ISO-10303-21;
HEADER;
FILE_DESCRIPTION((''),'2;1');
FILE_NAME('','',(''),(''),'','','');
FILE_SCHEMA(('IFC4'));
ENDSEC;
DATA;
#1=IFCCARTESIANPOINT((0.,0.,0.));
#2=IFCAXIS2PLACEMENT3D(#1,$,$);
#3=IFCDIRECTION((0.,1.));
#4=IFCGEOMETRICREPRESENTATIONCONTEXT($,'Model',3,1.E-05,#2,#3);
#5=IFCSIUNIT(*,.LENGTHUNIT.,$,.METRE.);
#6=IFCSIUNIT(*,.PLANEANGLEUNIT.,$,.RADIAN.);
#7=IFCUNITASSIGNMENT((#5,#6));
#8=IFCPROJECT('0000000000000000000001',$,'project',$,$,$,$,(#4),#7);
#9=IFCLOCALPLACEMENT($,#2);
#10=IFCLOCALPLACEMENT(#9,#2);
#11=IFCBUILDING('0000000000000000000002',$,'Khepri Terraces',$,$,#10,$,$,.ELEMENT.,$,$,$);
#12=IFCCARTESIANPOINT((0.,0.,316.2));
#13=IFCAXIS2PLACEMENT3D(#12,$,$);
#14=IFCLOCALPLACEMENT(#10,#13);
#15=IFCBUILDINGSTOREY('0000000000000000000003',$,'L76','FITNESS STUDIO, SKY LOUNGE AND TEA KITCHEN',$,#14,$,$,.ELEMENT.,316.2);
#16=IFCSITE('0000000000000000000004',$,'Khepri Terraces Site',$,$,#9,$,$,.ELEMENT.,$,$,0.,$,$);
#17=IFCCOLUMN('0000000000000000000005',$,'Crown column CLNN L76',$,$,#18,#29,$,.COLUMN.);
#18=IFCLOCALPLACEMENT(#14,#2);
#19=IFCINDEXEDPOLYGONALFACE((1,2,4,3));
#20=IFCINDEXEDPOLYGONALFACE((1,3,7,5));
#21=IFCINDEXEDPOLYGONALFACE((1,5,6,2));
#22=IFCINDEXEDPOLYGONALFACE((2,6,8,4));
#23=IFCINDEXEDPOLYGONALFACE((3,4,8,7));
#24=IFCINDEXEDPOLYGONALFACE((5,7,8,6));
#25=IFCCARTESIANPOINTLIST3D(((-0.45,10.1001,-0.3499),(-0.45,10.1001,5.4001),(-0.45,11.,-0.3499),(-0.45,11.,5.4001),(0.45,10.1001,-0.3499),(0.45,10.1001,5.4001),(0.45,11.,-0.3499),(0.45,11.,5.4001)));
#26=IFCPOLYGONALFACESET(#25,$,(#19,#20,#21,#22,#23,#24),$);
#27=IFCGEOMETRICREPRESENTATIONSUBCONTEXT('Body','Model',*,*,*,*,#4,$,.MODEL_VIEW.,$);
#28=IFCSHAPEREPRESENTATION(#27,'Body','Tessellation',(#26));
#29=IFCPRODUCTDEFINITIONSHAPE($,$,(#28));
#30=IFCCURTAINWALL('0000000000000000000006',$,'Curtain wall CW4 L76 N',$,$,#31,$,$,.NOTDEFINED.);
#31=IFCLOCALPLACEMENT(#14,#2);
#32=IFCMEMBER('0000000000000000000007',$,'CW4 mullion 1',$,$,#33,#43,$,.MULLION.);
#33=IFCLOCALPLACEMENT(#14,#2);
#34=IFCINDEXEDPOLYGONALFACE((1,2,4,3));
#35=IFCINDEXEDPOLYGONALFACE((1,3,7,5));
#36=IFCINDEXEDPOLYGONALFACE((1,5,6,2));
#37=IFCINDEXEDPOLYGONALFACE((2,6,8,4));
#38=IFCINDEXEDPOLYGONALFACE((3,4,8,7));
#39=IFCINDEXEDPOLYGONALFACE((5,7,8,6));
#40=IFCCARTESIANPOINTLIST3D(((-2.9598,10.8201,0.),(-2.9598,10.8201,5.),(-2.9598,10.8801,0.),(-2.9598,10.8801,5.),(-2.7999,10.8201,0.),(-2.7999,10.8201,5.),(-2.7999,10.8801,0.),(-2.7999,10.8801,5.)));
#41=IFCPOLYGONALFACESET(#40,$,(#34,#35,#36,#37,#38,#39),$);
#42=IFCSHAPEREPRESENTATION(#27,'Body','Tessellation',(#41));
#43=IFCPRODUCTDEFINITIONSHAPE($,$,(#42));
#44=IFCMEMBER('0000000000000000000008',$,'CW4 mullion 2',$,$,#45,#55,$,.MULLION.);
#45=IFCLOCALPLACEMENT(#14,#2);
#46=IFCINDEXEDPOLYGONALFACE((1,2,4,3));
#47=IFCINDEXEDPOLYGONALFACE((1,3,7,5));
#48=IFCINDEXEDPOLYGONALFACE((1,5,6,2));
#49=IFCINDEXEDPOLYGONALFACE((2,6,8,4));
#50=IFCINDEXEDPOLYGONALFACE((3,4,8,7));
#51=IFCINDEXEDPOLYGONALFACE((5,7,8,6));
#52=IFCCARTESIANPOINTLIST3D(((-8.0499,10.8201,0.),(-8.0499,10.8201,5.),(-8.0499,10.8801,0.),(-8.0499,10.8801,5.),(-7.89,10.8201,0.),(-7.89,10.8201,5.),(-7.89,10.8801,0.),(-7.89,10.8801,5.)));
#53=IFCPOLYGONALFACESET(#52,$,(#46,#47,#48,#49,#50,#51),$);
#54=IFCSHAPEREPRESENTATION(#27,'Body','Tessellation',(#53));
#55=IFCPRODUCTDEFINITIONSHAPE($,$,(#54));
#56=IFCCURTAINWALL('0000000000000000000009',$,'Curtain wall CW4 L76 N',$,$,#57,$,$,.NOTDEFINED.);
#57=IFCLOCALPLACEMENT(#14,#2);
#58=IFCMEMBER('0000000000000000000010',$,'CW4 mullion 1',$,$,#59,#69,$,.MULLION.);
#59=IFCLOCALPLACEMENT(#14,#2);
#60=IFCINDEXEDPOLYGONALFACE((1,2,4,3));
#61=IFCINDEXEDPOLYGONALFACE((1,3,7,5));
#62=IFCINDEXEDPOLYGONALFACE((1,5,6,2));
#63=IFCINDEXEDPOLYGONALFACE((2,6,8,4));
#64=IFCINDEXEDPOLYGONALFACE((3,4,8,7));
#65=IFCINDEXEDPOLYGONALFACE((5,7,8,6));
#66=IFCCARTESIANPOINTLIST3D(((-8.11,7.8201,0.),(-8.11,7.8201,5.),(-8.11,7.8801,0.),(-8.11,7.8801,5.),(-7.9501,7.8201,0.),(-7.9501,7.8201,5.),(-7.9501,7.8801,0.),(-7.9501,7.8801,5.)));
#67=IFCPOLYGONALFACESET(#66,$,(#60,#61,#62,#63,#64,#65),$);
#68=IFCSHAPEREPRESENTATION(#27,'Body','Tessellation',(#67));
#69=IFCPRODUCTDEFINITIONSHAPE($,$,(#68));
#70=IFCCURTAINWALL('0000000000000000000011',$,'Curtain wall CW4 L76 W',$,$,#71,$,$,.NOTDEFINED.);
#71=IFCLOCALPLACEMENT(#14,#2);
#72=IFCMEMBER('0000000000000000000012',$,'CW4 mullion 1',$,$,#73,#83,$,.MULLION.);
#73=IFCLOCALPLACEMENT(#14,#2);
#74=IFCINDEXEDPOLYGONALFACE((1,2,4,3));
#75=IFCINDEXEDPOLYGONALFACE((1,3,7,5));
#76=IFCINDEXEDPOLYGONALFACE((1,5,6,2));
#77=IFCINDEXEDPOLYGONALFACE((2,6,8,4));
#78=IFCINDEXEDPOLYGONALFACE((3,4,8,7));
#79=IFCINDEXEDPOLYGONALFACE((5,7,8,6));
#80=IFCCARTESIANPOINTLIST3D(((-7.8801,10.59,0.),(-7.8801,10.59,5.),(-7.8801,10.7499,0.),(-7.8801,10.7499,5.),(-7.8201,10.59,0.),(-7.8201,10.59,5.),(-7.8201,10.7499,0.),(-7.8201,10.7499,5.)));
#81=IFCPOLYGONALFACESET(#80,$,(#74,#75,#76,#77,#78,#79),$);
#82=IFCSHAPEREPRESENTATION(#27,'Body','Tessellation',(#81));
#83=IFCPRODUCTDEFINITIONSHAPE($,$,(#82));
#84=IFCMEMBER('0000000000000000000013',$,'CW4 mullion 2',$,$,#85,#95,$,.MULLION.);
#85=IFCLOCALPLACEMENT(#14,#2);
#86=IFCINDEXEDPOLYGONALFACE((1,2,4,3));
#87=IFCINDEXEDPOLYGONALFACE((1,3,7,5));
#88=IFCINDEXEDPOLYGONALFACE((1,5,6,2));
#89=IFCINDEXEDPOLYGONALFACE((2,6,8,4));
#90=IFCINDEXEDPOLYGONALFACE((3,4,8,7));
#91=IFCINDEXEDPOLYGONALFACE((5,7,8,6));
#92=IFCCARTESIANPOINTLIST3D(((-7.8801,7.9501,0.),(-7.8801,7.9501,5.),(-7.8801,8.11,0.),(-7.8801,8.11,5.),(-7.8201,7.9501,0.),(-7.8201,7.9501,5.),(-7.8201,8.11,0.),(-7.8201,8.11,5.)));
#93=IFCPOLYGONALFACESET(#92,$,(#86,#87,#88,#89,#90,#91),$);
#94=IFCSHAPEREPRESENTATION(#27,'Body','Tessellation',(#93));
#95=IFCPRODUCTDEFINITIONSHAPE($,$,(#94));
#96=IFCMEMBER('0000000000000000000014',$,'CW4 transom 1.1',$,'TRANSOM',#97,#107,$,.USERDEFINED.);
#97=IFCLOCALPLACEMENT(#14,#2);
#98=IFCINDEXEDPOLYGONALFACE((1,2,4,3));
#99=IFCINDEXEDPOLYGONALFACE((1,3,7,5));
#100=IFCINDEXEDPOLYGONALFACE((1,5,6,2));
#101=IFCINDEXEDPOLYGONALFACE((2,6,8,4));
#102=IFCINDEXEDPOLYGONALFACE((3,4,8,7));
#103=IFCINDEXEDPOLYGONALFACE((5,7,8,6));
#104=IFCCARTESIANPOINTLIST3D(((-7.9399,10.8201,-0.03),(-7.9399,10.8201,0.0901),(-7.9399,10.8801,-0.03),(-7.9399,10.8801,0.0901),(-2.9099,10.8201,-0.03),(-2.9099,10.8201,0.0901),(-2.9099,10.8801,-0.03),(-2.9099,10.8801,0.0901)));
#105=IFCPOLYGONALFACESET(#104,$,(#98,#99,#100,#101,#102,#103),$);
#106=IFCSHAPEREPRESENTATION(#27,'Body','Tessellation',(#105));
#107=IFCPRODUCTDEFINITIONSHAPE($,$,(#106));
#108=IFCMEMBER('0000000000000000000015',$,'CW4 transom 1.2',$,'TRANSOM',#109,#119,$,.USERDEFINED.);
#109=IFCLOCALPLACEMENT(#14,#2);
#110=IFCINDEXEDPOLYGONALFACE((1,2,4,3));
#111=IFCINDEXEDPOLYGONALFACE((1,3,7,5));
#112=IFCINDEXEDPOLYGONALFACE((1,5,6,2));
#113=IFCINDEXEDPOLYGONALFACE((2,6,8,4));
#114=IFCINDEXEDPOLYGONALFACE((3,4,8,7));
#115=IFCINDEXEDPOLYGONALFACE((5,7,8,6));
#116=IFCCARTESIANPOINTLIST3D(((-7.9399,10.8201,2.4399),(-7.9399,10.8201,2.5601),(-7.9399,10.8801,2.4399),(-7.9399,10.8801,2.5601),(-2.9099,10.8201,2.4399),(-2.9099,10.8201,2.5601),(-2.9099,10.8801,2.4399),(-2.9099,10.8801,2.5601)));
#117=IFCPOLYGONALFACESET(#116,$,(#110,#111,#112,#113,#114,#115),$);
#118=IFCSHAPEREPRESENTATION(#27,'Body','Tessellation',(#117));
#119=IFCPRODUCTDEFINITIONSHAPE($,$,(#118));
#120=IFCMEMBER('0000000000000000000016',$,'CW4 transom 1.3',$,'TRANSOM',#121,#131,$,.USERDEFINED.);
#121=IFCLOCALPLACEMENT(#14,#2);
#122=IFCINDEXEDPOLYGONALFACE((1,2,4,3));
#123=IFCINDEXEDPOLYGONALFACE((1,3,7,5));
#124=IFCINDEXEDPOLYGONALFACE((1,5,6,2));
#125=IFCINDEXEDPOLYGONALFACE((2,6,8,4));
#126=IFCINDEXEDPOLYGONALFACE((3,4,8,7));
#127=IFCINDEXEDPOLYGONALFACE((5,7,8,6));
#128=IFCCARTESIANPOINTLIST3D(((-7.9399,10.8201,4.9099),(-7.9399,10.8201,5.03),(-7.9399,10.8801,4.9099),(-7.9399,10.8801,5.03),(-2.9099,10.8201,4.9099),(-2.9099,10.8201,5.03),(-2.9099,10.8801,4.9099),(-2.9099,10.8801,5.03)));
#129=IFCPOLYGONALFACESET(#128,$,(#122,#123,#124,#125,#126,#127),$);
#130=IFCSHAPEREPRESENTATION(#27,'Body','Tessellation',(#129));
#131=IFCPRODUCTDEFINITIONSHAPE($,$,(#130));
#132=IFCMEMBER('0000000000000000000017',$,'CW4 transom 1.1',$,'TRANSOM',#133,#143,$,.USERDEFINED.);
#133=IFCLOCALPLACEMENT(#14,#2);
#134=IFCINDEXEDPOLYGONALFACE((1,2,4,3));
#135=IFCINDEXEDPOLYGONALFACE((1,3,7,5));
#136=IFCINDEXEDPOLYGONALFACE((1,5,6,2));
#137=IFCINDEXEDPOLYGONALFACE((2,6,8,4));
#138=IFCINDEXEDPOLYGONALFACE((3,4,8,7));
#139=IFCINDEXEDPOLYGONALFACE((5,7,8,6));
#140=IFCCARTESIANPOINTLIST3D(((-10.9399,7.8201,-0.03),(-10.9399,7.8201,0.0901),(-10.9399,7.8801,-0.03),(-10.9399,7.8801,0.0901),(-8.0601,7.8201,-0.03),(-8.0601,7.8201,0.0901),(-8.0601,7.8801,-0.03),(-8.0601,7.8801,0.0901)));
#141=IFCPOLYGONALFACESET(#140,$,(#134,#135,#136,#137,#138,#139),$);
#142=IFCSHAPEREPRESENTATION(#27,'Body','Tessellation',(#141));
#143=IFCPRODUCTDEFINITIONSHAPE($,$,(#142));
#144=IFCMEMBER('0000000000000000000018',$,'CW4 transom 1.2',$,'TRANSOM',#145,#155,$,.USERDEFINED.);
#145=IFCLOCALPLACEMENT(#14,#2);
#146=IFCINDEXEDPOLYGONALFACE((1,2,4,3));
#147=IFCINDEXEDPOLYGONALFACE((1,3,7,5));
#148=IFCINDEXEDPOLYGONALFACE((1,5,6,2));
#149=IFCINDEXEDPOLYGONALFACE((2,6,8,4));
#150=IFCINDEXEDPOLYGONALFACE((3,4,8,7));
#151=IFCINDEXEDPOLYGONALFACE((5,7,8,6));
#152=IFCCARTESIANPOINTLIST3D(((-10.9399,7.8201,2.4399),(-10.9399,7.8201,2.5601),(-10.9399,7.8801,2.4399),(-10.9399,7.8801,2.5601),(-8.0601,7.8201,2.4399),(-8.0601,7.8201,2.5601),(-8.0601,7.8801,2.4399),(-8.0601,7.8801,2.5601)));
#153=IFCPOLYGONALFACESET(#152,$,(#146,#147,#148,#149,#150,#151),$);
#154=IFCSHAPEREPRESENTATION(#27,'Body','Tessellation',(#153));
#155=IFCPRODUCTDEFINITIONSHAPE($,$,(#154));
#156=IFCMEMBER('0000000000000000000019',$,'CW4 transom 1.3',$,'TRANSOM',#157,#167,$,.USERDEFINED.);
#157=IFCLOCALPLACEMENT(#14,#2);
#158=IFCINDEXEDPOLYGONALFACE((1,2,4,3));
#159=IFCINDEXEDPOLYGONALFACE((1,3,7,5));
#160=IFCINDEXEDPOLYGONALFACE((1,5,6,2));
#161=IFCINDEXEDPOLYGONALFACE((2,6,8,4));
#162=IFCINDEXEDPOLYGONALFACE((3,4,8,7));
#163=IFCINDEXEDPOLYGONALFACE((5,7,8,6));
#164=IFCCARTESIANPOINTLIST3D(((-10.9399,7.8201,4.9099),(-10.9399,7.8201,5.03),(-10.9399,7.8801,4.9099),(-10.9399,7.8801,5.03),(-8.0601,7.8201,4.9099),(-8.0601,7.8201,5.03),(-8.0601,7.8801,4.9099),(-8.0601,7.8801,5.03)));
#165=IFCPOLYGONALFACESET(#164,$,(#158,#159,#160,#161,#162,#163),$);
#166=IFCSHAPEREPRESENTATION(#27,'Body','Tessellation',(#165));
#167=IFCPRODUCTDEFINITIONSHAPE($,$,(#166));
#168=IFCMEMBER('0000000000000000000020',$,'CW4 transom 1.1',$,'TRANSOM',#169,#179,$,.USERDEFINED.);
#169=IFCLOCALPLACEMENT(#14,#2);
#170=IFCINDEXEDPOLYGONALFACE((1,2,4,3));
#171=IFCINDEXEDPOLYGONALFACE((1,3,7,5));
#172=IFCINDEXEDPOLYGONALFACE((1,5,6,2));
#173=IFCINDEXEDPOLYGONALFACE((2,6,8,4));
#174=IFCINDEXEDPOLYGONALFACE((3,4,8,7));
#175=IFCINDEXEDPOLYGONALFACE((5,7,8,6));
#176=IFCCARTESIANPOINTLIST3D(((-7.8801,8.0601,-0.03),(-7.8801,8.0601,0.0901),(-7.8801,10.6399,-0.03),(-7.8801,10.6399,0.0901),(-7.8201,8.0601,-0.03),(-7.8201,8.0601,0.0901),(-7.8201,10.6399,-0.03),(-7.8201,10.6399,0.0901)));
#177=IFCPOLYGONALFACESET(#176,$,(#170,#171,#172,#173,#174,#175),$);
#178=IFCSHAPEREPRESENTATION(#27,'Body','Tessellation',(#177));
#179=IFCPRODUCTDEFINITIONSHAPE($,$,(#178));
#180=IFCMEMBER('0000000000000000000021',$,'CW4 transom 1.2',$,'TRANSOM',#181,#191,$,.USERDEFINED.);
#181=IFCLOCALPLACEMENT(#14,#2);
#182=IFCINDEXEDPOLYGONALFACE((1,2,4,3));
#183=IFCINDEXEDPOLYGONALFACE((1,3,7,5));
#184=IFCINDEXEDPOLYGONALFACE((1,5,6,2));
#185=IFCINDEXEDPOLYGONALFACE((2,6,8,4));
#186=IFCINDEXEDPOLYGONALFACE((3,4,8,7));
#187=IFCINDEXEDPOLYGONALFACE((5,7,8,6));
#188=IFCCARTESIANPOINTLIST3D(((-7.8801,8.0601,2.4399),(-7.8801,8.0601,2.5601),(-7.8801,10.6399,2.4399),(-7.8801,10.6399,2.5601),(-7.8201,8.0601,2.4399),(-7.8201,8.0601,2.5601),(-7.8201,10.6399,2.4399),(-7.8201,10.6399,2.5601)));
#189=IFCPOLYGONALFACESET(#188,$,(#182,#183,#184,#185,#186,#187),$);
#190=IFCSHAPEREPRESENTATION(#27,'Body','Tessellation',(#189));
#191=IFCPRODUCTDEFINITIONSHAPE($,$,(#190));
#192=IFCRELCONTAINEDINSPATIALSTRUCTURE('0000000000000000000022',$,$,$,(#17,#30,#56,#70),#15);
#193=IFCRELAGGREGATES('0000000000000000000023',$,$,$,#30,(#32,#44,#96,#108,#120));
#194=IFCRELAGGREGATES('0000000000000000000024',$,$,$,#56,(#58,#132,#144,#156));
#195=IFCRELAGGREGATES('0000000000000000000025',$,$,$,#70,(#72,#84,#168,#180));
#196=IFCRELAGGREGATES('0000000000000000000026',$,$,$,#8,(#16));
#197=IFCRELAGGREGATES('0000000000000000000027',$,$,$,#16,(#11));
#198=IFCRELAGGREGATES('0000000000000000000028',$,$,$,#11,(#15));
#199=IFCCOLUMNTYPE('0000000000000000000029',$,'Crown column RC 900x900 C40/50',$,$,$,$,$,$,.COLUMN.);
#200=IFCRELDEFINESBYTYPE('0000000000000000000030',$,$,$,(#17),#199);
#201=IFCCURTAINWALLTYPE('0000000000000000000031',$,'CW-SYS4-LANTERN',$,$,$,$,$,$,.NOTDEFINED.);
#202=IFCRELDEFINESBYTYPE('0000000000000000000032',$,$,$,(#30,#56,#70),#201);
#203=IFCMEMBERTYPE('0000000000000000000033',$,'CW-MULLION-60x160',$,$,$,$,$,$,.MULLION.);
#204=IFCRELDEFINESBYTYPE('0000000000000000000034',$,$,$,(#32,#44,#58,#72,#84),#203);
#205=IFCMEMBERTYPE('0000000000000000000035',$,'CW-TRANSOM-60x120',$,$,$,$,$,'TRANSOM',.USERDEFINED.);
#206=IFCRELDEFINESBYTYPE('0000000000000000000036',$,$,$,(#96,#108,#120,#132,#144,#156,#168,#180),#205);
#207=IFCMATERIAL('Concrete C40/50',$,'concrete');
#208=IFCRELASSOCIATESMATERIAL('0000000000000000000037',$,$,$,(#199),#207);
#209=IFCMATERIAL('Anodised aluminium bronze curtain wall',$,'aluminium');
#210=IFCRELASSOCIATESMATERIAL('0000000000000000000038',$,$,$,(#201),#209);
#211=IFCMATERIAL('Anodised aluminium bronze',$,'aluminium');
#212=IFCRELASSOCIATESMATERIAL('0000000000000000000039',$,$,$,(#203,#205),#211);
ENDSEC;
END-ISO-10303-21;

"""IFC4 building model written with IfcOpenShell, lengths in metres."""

from ifc_helpers import new_model, si_unit, direction, frame, origin, origin_2d, place, context, subcontext, project, spatial, rectangle, extrude, material, material_profile, profile_set, type_object, element, aggregate, save


model = new_model("IFC4")

# Units and contexts
model_context = context("Model", 3, precision=1e-05, world=origin(), true_north=direction((0.0, 1.0)))
body_context = subcontext(model_context, "Body", "Model", "MODEL_VIEW")
ifc_project = project(units=[si_unit("LENGTHUNIT", "METRE"), si_unit("PLANEANGLEUNIT", "RADIAN")], contexts=[model_context])

# Site, building, storey
site_placement = place(None, origin())
site = spatial("IfcSite", under=ifc_project, at=site_placement, Name="Khepri Terraces Site", CompositionType="ELEMENT", RefElevation=0.0)
building_placement = place(site_placement, origin())
building = spatial("IfcBuilding", under=site, at=building_placement, Name="Khepri Terraces", CompositionType="ELEMENT")
storey_placement = place(building_placement, frame((0.0, 0.0, 316.2)))
storey = spatial("IfcBuildingStorey", under=building, at=storey_placement, Name="L76", Description="FITNESS STUDIO, SKY LOUNGE AND TEA KITCHEN", CompositionType="ELEMENT", Elevation=316.2)

# Column
ifc_material_1 = material(Name="Concrete C40/50", Category="concrete")
ifc_material_profile_1 = material_profile(ifc_material_1, rectangle(XDim=0.8999, YDim=0.8999, at=origin_2d()), Name="Concrete C40/50", Category="concrete")
ifc_profile_set_1 = profile_set([ifc_material_profile_1], Name="Concrete C40/50")
column_type = type_object("IfcColumnType", Name="Crown column RC 900x900 C40/50", PredefinedType="COLUMN", material=ifc_profile_set_1)
column_placement = place(storey_placement, frame((0.0, 10.55, -0.3499), z_axis=(0.0, 0.0, 1.0), x_axis=(1.0, 0.0, 0.0)))
element("IfcColumn", 1, at=column_placement, inside=storey, type_object=column_type, Name="Crown column CLNN L76", PredefinedType="COLUMN", context=body_context, shape_type="SweptSolid", body=[
    extrude(rectangle(XDim=0.8999, YDim=0.8999, at=origin_2d()), origin(), (0.0, 0.0, 1.0), 5.75),
])

# Curtain wall, members
ifc_material_2 = material(Name="Anodised aluminium bronze curtain wall", Category="aluminium")
curtain_wall_type = type_object("IfcCurtainWallType", Name="CW-SYS4-LANTERN", PredefinedType="NOTDEFINED", material=ifc_material_2)
curtain_wall_1_placement = place(storey_placement, origin())
curtain_wall_1 = element("IfcCurtainWall", 2, at=curtain_wall_1_placement, inside=storey, type_object=curtain_wall_type, Name="Curtain wall CW4 L76 N", PredefinedType="NOTDEFINED")
ifc_material_3 = material(Name="Anodised aluminium bronze", Category="aluminium")
ifc_material_profile_2 = material_profile(ifc_material_3, rectangle(XDim=0.0601, YDim=0.1599, at=origin_2d()), Name="Anodised aluminium bronze", Category="aluminium")
ifc_profile_set_2 = profile_set([ifc_material_profile_2], Name="Anodised aluminium bronze")
member_type_1 = type_object("IfcMemberType", Name="CW-MULLION-60x160", PredefinedType="MULLION", material=ifc_profile_set_2)
member_1_placement = place(storey_placement, frame((-2.8799, 10.8501, 0.0), z_axis=(0.0, 0.0, 1.0), x_axis=(0.0, -1.0, 0.0)))
member_1 = element("IfcMember", 3, at=member_1_placement, type_object=member_type_1, Name="CW4 mullion 1", PredefinedType="MULLION", context=body_context, shape_type="SweptSolid", body=[
    extrude(rectangle(XDim=0.0601, YDim=0.1599, at=origin_2d()), origin(), (0.0, 0.0, 1.0), 5.0),
])
member_2_placement = place(storey_placement, frame((-7.97, 10.8501, 0.0), z_axis=(0.0, 0.0, 1.0), x_axis=(0.0, -1.0, 0.0)))
member_2 = element("IfcMember", 4, at=member_2_placement, type_object=member_type_1, Name="CW4 mullion 2", PredefinedType="MULLION", context=body_context, shape_type="SweptSolid", body=[
    extrude(rectangle(XDim=0.0601, YDim=0.1599, at=origin_2d()), origin(), (0.0, 0.0, 1.0), 5.0),
])

# Curtain wall, member
curtain_wall_2_placement = place(storey_placement, origin())
curtain_wall_2 = element("IfcCurtainWall", 5, at=curtain_wall_2_placement, inside=storey, type_object=curtain_wall_type, Name="Curtain wall CW4 L76 N", PredefinedType="NOTDEFINED")
member_3_placement = place(storey_placement, frame((-8.03, 7.8501, 0.0), z_axis=(0.0, 0.0, 1.0), x_axis=(0.0, -1.0, 0.0)))
member_3 = element("IfcMember", 6, at=member_3_placement, type_object=member_type_1, Name="CW4 mullion 1", PredefinedType="MULLION", context=body_context, shape_type="SweptSolid", body=[
    extrude(rectangle(XDim=0.0601, YDim=0.1599, at=origin_2d()), origin(), (0.0, 0.0, 1.0), 5.0),
])

# Curtain wall, members
curtain_wall_3_placement = place(storey_placement, origin())
curtain_wall_3 = element("IfcCurtainWall", 7, at=curtain_wall_3_placement, inside=storey, type_object=curtain_wall_type, Name="Curtain wall CW4 L76 W", PredefinedType="NOTDEFINED")
member_4_placement = place(storey_placement, frame((-7.8501, 10.6699, 0.0), z_axis=(0.0, 0.0, 1.0), x_axis=(1.0, 0.0, 0.0)))
member_4 = element("IfcMember", 8, at=member_4_placement, type_object=member_type_1, Name="CW4 mullion 1", PredefinedType="MULLION", context=body_context, shape_type="SweptSolid", body=[
    extrude(rectangle(XDim=0.0601, YDim=0.1599, at=origin_2d()), origin(), (0.0, 0.0, 1.0), 5.0),
])
member_5_placement = place(storey_placement, frame((-7.8501, 8.03, 0.0), z_axis=(0.0, 0.0, 1.0), x_axis=(1.0, 0.0, 0.0)))
member_5 = element("IfcMember", 9, at=member_5_placement, type_object=member_type_1, Name="CW4 mullion 2", PredefinedType="MULLION", context=body_context, shape_type="SweptSolid", body=[
    extrude(rectangle(XDim=0.0601, YDim=0.1599, at=origin_2d()), origin(), (0.0, 0.0, 1.0), 5.0),
])

# Members
ifc_material_profile_3 = material_profile(ifc_material_3, rectangle(XDim=0.0601, YDim=0.1201, at=origin_2d()), Name="Anodised aluminium bronze", Category="aluminium")
ifc_profile_set_3 = profile_set([ifc_material_profile_3], Name="Anodised aluminium bronze")
member_type_2 = type_object("IfcMemberType", Name="CW-TRANSOM-60x120", ElementType="TRANSOM", PredefinedType="USERDEFINED", material=ifc_profile_set_3)
member_6_placement = place(storey_placement, frame((-2.9099, 10.8501, 0.03), z_axis=(-1.0, 0.0, 0.0), x_axis=(0.0, -1.0, 0.0)))
member_6 = element("IfcMember", 10, at=member_6_placement, type_object=member_type_2, Name="CW4 transom 1.1", ObjectType="TRANSOM", PredefinedType="USERDEFINED", context=body_context, shape_type="SweptSolid", body=[
    extrude(rectangle(XDim=0.0601, YDim=0.1201, at=origin_2d()), origin(), (0.0, 0.0, 1.0), 5.03),
])
member_7_placement = place(storey_placement, frame((-2.9099, 10.8501, 2.5), z_axis=(-1.0, 0.0, 0.0), x_axis=(0.0, -1.0, 0.0)))
member_7 = element("IfcMember", 11, at=member_7_placement, type_object=member_type_2, Name="CW4 transom 1.2", ObjectType="TRANSOM", PredefinedType="USERDEFINED", context=body_context, shape_type="SweptSolid", body=[
    extrude(rectangle(XDim=0.0601, YDim=0.1201, at=origin_2d()), origin(), (0.0, 0.0, 1.0), 5.03),
])
member_8_placement = place(storey_placement, frame((-2.9099, 10.8501, 4.97), z_axis=(-1.0, 0.0, 0.0), x_axis=(0.0, -1.0, 0.0)))
member_8 = element("IfcMember", 12, at=member_8_placement, type_object=member_type_2, Name="CW4 transom 1.3", ObjectType="TRANSOM", PredefinedType="USERDEFINED", context=body_context, shape_type="SweptSolid", body=[
    extrude(rectangle(XDim=0.0601, YDim=0.1201, at=origin_2d()), origin(), (0.0, 0.0, 1.0), 5.03),
])
member_9_placement = place(storey_placement, frame((-8.0601, 7.8501, 0.03), z_axis=(-1.0, 0.0, 0.0), x_axis=(0.0, -1.0, 0.0)))
member_9 = element("IfcMember", 13, at=member_9_placement, type_object=member_type_2, Name="CW4 transom 1.1", ObjectType="TRANSOM", PredefinedType="USERDEFINED", context=body_context, shape_type="SweptSolid", body=[
    extrude(rectangle(XDim=0.0601, YDim=0.1201, at=origin_2d()), origin(), (0.0, 0.0, 1.0), 2.8799),
])
member_10_placement = place(storey_placement, frame((-8.0601, 7.8501, 2.5), z_axis=(-1.0, 0.0, 0.0), x_axis=(0.0, -1.0, 0.0)))
member_10 = element("IfcMember", 14, at=member_10_placement, type_object=member_type_2, Name="CW4 transom 1.2", ObjectType="TRANSOM", PredefinedType="USERDEFINED", context=body_context, shape_type="SweptSolid", body=[
    extrude(rectangle(XDim=0.0601, YDim=0.1201, at=origin_2d()), origin(), (0.0, 0.0, 1.0), 2.8799),
])
member_11_placement = place(storey_placement, frame((-8.0601, 7.8501, 4.97), z_axis=(-1.0, 0.0, 0.0), x_axis=(0.0, -1.0, 0.0)))
member_11 = element("IfcMember", 15, at=member_11_placement, type_object=member_type_2, Name="CW4 transom 1.3", ObjectType="TRANSOM", PredefinedType="USERDEFINED", context=body_context, shape_type="SweptSolid", body=[
    extrude(rectangle(XDim=0.0601, YDim=0.1201, at=origin_2d()), origin(), (0.0, 0.0, 1.0), 2.8799),
])
member_12_placement = place(storey_placement, frame((-7.8501, 10.6399, 0.03), z_axis=(0.0, -1.0, 0.0), x_axis=(1.0, 0.0, 0.0)))
member_12 = element("IfcMember", 16, at=member_12_placement, type_object=member_type_2, Name="CW4 transom 1.1", ObjectType="TRANSOM", PredefinedType="USERDEFINED", context=body_context, shape_type="SweptSolid", body=[
    extrude(rectangle(XDim=0.0601, YDim=0.1201, at=origin_2d()), origin(), (0.0, 0.0, 1.0), 2.5798),
])
member_13_placement = place(storey_placement, frame((-7.8501, 10.6399, 2.5), z_axis=(0.0, -1.0, 0.0), x_axis=(1.0, 0.0, 0.0)))
member_13 = element("IfcMember", 17, at=member_13_placement, type_object=member_type_2, Name="CW4 transom 1.2", ObjectType="TRANSOM", PredefinedType="USERDEFINED", context=body_context, shape_type="SweptSolid", body=[
    extrude(rectangle(XDim=0.0601, YDim=0.1201, at=origin_2d()), origin(), (0.0, 0.0, 1.0), 2.5798),
])

aggregate(curtain_wall_1, [member_1, member_2, member_6, member_7, member_8])
aggregate(curtain_wall_2, [member_3, member_9, member_10, member_11])
aggregate(curtain_wall_3, [member_4, member_5, member_12, member_13])

save(model, "model.ifc")
